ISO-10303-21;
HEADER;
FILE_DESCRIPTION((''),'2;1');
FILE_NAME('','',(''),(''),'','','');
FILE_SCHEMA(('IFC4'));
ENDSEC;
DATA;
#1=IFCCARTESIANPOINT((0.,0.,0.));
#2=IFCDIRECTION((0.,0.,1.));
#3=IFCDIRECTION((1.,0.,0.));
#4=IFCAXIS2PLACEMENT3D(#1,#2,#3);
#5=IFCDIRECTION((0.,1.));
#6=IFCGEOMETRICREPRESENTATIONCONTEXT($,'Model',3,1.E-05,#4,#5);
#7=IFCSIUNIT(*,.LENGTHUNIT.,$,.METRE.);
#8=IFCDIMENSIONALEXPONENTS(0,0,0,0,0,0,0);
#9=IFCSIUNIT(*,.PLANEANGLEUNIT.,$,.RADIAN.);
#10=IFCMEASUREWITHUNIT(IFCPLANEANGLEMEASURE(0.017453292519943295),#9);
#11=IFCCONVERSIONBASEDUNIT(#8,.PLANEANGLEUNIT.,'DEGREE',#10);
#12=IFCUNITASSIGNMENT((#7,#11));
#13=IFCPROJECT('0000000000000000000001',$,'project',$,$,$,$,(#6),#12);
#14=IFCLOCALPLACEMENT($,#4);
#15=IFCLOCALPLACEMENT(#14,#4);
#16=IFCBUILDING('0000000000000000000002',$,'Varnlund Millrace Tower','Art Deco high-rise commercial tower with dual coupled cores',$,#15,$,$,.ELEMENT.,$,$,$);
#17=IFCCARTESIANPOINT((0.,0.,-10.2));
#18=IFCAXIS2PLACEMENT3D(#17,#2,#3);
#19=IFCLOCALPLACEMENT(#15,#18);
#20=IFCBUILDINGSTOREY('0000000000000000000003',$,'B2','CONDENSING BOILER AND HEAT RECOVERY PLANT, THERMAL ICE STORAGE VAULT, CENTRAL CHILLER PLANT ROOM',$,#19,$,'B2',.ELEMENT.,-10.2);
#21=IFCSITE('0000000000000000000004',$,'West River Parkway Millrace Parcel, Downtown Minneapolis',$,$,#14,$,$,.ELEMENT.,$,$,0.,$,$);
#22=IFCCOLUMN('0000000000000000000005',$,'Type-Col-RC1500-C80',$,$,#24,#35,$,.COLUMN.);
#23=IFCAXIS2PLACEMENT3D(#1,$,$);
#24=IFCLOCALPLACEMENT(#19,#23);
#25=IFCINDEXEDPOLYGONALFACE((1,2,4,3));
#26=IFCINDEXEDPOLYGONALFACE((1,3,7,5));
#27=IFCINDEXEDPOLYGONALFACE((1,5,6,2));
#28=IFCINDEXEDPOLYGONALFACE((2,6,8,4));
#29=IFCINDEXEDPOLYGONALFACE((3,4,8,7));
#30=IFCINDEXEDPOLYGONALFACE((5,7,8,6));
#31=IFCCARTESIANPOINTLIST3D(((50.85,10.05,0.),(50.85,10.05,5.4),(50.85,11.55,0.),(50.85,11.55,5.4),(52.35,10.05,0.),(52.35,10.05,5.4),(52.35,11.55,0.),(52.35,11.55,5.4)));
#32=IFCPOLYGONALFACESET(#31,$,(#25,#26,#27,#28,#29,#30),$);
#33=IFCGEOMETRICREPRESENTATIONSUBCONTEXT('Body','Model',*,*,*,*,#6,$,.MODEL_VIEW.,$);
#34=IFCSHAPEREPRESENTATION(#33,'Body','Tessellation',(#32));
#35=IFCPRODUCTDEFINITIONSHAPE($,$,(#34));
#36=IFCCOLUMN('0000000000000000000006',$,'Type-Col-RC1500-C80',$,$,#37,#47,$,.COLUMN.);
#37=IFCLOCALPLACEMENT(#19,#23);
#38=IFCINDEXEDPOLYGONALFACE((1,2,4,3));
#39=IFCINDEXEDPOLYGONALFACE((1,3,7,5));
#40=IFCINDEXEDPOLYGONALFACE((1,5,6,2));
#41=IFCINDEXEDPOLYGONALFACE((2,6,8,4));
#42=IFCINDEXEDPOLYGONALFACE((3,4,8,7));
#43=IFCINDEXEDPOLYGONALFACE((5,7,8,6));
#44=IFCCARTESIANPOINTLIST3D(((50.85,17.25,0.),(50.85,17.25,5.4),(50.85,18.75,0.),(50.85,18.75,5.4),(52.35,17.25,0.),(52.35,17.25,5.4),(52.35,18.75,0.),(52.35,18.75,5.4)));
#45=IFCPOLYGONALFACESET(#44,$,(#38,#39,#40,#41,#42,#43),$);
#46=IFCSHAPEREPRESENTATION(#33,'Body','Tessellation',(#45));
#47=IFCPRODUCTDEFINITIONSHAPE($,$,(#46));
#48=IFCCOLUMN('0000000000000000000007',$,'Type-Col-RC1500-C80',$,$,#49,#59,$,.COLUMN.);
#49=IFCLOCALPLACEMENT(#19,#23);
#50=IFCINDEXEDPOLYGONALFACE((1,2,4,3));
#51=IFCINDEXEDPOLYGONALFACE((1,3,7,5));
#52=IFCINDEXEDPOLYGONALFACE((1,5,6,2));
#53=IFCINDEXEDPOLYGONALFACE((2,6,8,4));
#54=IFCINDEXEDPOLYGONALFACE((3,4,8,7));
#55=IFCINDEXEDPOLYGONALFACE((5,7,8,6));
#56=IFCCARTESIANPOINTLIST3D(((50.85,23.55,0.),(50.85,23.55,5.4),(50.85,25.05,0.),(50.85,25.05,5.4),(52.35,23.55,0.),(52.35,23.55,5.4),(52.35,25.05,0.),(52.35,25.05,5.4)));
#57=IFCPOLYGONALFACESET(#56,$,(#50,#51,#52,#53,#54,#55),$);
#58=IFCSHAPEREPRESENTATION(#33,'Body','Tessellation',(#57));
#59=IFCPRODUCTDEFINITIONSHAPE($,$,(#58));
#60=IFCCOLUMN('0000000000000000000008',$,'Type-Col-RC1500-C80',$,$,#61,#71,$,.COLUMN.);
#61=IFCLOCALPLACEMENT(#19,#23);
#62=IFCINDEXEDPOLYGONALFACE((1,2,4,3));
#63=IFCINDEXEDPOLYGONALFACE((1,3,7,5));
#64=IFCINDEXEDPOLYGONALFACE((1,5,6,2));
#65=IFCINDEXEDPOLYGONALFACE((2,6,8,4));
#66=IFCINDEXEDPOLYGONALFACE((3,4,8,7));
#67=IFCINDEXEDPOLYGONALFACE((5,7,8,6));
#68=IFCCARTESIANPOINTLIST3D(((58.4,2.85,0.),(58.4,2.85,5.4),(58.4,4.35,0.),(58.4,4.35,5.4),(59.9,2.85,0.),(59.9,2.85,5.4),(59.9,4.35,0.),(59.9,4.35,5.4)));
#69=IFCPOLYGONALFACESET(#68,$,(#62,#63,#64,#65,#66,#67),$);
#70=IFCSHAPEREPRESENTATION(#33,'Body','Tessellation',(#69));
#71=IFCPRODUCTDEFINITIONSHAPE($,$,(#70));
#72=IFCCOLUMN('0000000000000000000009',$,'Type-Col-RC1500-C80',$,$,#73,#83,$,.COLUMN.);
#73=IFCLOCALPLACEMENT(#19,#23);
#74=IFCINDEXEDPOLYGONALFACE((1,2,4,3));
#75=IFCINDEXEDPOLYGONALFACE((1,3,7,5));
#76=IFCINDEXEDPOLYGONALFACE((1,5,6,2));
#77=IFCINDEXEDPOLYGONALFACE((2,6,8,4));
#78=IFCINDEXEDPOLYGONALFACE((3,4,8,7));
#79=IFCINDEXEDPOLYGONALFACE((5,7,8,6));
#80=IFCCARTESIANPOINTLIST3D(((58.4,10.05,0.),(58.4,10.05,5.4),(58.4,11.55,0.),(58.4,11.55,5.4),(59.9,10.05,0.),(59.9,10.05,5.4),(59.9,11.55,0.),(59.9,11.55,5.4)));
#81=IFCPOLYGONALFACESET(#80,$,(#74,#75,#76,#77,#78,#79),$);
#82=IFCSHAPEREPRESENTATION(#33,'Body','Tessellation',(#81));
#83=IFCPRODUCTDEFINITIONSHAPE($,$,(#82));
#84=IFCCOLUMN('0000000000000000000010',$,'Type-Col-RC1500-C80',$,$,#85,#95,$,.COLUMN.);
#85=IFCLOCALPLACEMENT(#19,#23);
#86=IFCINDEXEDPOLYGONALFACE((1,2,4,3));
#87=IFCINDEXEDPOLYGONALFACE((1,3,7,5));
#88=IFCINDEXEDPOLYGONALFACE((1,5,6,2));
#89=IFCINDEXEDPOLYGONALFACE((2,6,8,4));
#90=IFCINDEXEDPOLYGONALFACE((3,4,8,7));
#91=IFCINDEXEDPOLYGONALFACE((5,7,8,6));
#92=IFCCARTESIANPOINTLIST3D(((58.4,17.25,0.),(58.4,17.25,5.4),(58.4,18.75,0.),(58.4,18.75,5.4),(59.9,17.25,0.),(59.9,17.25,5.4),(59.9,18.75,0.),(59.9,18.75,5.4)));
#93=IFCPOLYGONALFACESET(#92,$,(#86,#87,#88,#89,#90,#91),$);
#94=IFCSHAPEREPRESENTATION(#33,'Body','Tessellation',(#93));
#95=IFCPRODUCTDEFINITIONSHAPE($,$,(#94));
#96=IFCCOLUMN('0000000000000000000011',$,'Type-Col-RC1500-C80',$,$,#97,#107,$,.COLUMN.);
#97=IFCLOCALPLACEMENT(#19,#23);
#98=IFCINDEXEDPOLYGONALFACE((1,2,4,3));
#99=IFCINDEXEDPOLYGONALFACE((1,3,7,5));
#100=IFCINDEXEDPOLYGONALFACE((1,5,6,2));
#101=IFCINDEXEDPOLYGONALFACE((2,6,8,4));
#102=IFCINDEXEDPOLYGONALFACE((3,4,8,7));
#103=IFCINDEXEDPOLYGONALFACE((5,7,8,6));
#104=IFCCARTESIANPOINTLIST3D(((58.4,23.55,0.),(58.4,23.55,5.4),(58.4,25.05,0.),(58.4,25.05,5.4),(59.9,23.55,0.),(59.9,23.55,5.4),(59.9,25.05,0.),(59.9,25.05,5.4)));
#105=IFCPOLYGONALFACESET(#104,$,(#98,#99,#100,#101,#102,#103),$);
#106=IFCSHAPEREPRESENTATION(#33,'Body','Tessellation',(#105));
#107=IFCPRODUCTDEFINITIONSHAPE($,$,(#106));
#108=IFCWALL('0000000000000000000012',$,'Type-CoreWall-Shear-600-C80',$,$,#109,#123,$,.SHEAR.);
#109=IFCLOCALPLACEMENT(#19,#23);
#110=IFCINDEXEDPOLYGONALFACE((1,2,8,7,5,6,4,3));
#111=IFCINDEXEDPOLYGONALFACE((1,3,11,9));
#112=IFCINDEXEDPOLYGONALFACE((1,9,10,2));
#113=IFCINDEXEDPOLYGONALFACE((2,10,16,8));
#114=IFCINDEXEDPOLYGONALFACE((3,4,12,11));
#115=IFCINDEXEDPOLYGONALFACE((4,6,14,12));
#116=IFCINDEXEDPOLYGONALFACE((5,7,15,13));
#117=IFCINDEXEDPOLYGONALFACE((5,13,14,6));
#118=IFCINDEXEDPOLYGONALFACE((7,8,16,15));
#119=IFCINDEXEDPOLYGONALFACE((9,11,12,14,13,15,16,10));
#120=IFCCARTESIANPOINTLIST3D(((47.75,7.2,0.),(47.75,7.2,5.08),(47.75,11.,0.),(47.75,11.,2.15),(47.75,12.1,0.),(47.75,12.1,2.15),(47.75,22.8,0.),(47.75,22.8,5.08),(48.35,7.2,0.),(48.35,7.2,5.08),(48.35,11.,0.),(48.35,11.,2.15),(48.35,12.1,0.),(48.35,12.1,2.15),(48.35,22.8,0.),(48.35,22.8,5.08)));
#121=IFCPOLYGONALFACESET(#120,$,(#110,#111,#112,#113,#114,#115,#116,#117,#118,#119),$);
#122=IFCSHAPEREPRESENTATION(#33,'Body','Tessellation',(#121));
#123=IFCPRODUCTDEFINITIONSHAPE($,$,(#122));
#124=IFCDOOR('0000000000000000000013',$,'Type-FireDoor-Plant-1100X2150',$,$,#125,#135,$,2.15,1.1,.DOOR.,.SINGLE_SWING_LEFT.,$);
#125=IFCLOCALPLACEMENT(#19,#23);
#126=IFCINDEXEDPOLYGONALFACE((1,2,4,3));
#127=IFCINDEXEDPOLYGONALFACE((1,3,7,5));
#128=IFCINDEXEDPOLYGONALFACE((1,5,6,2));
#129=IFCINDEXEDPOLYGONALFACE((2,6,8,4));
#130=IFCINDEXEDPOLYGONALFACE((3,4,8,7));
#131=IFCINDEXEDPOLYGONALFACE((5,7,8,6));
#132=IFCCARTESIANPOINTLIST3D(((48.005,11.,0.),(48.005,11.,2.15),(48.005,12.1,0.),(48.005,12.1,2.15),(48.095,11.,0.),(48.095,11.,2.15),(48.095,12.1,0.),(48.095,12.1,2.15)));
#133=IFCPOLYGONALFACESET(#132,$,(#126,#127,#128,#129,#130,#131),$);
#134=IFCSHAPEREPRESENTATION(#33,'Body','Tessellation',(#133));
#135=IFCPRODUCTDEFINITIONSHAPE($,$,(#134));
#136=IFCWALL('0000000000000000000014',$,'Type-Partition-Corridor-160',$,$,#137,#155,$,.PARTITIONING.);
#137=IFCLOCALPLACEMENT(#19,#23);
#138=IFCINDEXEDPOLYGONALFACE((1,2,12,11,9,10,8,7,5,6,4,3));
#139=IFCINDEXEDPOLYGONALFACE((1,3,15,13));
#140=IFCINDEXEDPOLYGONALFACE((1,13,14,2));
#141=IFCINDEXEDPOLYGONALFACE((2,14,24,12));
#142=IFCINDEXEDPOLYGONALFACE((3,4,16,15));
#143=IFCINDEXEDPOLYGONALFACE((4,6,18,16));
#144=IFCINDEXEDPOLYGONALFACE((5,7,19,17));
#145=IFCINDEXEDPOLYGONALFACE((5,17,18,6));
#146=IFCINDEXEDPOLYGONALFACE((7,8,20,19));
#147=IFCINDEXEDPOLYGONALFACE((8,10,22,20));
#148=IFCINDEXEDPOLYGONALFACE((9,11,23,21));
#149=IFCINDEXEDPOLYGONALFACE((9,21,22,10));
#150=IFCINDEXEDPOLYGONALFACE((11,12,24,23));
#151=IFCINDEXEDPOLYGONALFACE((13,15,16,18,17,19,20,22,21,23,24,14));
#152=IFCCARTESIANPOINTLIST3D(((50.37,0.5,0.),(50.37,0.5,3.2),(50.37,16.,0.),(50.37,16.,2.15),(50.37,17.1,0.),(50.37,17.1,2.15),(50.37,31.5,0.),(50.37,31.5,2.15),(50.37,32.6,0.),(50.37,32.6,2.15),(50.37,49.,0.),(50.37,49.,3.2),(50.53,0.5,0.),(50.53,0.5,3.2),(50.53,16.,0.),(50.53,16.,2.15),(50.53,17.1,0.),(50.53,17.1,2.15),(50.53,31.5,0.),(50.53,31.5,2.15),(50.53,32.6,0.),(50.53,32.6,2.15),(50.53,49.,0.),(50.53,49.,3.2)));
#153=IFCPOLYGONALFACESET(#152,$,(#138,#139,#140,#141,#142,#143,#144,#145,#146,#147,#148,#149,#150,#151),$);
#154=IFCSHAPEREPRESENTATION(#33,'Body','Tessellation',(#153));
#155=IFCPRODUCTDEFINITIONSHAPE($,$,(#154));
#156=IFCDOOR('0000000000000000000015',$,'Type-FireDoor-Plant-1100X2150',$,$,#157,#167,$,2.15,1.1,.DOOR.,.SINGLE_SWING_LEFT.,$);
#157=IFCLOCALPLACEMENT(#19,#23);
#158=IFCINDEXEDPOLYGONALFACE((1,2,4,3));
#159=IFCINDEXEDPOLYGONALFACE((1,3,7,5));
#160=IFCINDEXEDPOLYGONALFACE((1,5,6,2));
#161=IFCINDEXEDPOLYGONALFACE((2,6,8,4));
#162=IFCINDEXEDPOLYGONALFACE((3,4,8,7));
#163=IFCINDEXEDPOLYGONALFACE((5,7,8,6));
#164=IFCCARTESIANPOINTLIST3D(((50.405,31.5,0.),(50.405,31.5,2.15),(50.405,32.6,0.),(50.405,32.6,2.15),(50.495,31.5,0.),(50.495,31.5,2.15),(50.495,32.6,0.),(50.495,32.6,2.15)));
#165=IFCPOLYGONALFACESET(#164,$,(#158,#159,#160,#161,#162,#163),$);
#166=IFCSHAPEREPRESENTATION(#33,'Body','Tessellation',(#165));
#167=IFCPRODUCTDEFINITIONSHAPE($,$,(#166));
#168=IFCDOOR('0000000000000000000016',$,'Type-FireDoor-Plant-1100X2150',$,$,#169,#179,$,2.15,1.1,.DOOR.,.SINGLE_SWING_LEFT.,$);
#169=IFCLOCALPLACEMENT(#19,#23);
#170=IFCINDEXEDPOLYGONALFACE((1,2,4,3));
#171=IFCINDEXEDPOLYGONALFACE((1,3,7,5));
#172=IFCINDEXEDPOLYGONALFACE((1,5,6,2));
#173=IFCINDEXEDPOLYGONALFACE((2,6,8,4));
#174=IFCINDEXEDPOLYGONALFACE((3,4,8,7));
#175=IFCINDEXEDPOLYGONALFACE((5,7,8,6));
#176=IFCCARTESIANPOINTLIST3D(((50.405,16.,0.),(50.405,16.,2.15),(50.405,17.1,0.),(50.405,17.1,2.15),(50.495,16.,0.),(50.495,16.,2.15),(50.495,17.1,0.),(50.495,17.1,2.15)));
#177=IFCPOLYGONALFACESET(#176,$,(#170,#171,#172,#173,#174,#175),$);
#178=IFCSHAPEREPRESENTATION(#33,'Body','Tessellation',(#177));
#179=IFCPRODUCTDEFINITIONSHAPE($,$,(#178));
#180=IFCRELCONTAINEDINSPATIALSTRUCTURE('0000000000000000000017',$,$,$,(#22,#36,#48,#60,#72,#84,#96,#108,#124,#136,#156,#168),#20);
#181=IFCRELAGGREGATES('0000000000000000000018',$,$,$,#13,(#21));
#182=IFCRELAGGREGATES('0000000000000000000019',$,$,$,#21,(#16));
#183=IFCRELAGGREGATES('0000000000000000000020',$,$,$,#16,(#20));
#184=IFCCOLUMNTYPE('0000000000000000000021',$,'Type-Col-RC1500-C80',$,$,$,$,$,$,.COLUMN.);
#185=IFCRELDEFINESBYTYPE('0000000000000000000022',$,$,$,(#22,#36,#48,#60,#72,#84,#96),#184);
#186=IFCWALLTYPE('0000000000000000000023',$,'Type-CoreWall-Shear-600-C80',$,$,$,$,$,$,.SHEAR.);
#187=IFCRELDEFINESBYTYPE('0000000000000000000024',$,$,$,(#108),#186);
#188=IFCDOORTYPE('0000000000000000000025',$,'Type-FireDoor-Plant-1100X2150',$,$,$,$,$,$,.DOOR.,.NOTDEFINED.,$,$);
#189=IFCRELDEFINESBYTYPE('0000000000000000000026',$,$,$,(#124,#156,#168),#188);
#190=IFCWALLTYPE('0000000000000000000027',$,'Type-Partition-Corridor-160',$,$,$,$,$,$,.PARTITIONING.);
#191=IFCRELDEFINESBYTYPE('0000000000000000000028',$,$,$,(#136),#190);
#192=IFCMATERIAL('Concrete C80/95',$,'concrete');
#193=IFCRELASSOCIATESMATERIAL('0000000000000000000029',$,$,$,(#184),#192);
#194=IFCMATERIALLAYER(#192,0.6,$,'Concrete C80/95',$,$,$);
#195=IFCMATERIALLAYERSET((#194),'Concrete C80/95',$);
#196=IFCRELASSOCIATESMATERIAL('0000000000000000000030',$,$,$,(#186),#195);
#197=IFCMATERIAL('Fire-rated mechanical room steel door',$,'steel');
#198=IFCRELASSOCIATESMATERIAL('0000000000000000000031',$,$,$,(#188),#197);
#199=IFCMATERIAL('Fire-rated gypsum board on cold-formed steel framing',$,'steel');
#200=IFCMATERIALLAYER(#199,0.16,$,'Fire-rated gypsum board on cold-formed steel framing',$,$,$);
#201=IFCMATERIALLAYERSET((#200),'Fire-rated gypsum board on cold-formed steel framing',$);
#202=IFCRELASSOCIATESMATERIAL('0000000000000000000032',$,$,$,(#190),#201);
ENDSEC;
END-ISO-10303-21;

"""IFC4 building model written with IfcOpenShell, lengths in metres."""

from ifc_helpers import new_model, entity, si_unit, converted_unit, direction, frame, origin_with_axes, origin_2d_with_axis, place, context, subcontext, project, spatial, polyline, rectangle, outline, extrude, material, layer, layer_set, material_profile, profile_set, type_object, element, fill, save


model = new_model("IFC4")

# Units and contexts
model_context = context("Model", 3, precision=1e-05, world=origin_with_axes(), true_north=direction((0.0, 1.0)))
body_context = subcontext(model_context, "Body", "Model", "MODEL_VIEW")
ifc_project = project(units=[si_unit("LENGTHUNIT", "METRE"), converted_unit("PLANEANGLEUNIT", "DEGREE", entity("IfcPlaneAngleMeasure", 0.017453292519943295), si_unit("PLANEANGLEUNIT", "RADIAN"), dimensions=[0, 0, 0, 0, 0, 0, 0])], contexts=[model_context])

# Site, building, storey
site_placement = place(None, origin_with_axes())
site = spatial("IfcSite", under=ifc_project, at=site_placement, Name="West River Parkway Millrace Parcel, Downtown Minneapolis", CompositionType="ELEMENT", RefElevation=0.0)
building_placement = place(site_placement, origin_with_axes())
building = spatial("IfcBuilding", under=site, at=building_placement, Name="Varnlund Millrace Tower", Description="Art Deco high-rise commercial tower with dual coupled cores", CompositionType="ELEMENT")
storey_placement = place(building_placement, frame((0.0, 0.0, -10.2), z_axis=(0.0, 0.0, 1.0), x_axis=(1.0, 0.0, 0.0)))
storey = spatial("IfcBuildingStorey", under=building, at=storey_placement, Name="B2", Description="CONDENSING BOILER AND HEAT RECOVERY PLANT, THERMAL ICE STORAGE VAULT, CENTRAL CHILLER PLANT ROOM", LongName="B2", CompositionType="ELEMENT", Elevation=-10.2)

# Columns
ifc_material_1 = material(Name="Concrete C80/95", Category="concrete")
ifc_material_profile_1 = material_profile(ifc_material_1, rectangle(XDim=1.5, YDim=1.5, at=origin_2d_with_axis()), Name="Concrete C80/95")
ifc_profile_set_1 = profile_set([ifc_material_profile_1], Name="Concrete C80/95")
column_type_1 = type_object("IfcColumnType", Name="Type-Col-RC1500-C80", PredefinedType="COLUMN", material=ifc_profile_set_1)
for number, where, z_axis, x_axis, name in (
    (1, (51.6, 10.8, 0.0), (0.0, 0.0, 1.0), (1.0, 0.0, 0.0), "Type-Col-RC1500-C80"),
    (2, (51.6, 18.0, 0.0), (0.0, 0.0, 1.0), (1.0, 0.0, 0.0), "Type-Col-RC1500-C80"),
    (3, (51.6, 24.3, 0.0), (0.0, 0.0, 1.0), (1.0, 0.0, 0.0), "Type-Col-RC1500-C80"),
    (4, (59.15, 3.6, 0.0), (0.0, 0.0, 1.0), (1.0, 0.0, 0.0), "Type-Col-RC1500-C80"),
    (5, (59.15, 10.8, 0.0), (0.0, 0.0, 1.0), (1.0, 0.0, 0.0), "Type-Col-RC1500-C80"),
    (6, (59.15, 18.0, 0.0), (0.0, 0.0, 1.0), (1.0, 0.0, 0.0), "Type-Col-RC1500-C80"),
    (7, (59.15, 24.3, 0.0), (0.0, 0.0, 1.0), (1.0, 0.0, 0.0), "Type-Col-RC1500-C80"),
):
    element("IfcColumn", number, at=place(storey_placement, frame(where, z_axis=z_axis, x_axis=x_axis)), inside=storey, type_object=column_type_1, Name=name, PredefinedType="COLUMN", context=body_context, shape_type="SweptSolid", body=[
        extrude(rectangle(XDim=1.5, YDim=1.5, at=origin_2d_with_axis()), origin_with_axes(), (0.0, 0.0, 1.0), 5.4),
    ])

# Wall, opening, door
ifc_layer_1 = layer(ifc_material_1, 0.6, Name="Concrete C80/95")
ifc_layer_set_1 = layer_set([ifc_layer_1], Name="Concrete C80/95")
wall_type_1 = type_object("IfcWallType", Name="Type-CoreWall-Shear-600-C80", PredefinedType="SHEAR", material=ifc_layer_set_1)
wall_1_placement = place(storey_placement, frame((48.05, 7.2, 0.0), z_axis=(0.0, 0.0, 1.0), x_axis=(0.0, 1.0, 0.0)))
wall_1 = element("IfcWall", 8, at=wall_1_placement, inside=storey, type_object=wall_type_1, Name="Type-CoreWall-Shear-600-C80", PredefinedType="SHEAR", context=body_context, shape_type="SweptSolid", body=[
    extrude(outline(polyline([(0.0, -0.3), (15.6, -0.3), (15.6, 0.3), (0.0, 0.3), (0.0, -0.3)])), origin_with_axes(), (0.0, 0.0, 1.0), 5.08),
])
opening_1_placement = place(wall_1_placement, frame((4.35, 0.0, 0.0), z_axis=(0.0, 0.0, 1.0), x_axis=(1.0, 0.0, 0.0)))
opening_1 = element("IfcOpeningElement", 9, at=opening_1_placement, cuts=wall_1, PredefinedType="OPENING", context=body_context, shape_type="SweptSolid", body=[
    extrude(rectangle(XDim=1.1, YDim=0.62, at=origin_2d_with_axis()), origin_with_axes(), (0.0, 0.0, 1.0), 2.15),
])
ifc_material_2 = material(Name="Fire-rated mechanical room steel door", Category="steel")
door_type = type_object("IfcDoorType", Name="Type-FireDoor-Plant-1100X2150", OperationType="NOTDEFINED", PredefinedType="DOOR", material=ifc_material_2)
door_1_placement = place(wall_1_placement, frame((4.35, 0.0, 0.0), z_axis=(0.0, 0.0, 1.0), x_axis=(1.0, 0.0, 0.0)))
door_1 = element("IfcDoor", 10, at=door_1_placement, inside=storey, type_object=door_type, Name="Type-FireDoor-Plant-1100X2150", OperationType="SINGLE_SWING_LEFT", OverallHeight=2.15, OverallWidth=1.1, PredefinedType="DOOR", context=body_context, shape_type="SweptSolid", body=[
    extrude(rectangle(XDim=1.1, YDim=0.09, at=origin_2d_with_axis()), origin_with_axes(), (0.0, 0.0, 1.0), 2.15),
])
fill(opening_1, door_1)

# Wall, openings, doors
ifc_material_3 = material(Name="Fire-rated gypsum board on cold-formed steel framing", Category="steel")
ifc_layer_2 = layer(ifc_material_3, 0.16, Name="Fire-rated gypsum board on cold-formed steel framing")
ifc_layer_set_2 = layer_set([ifc_layer_2], Name="Fire-rated gypsum board on cold-formed steel framing")
wall_type_2 = type_object("IfcWallType", Name="Type-Partition-Corridor-160", PredefinedType="PARTITIONING", material=ifc_layer_set_2)
wall_2_placement = place(storey_placement, frame((50.45, 0.5, 0.0), z_axis=(0.0, 0.0, 1.0), x_axis=(0.0, 1.0, 0.0)))
wall_2 = element("IfcWall", 11, at=wall_2_placement, inside=storey, type_object=wall_type_2, Name="Type-Partition-Corridor-160", PredefinedType="PARTITIONING", context=body_context, shape_type="SweptSolid", body=[
    extrude(outline(polyline([(0.0, -0.08), (48.5, -0.08), (48.5, 0.08), (0.0, 0.08), (0.0, -0.08)])), origin_with_axes(), (0.0, 0.0, 1.0), 3.2),
])
opening_2_placement = place(wall_2_placement, frame((31.55, 0.0, 0.0), z_axis=(0.0, 0.0, 1.0), x_axis=(1.0, 0.0, 0.0)))
opening_2 = element("IfcOpeningElement", 12, at=opening_2_placement, cuts=wall_2, PredefinedType="OPENING", context=body_context, shape_type="SweptSolid", body=[
    extrude(rectangle(XDim=1.1, YDim=0.18, at=origin_2d_with_axis()), origin_with_axes(), (0.0, 0.0, 1.0), 2.15),
])
opening_3_placement = place(wall_2_placement, frame((16.05, 0.0, 0.0), z_axis=(0.0, 0.0, 1.0), x_axis=(1.0, 0.0, 0.0)))
opening_3 = element("IfcOpeningElement", 13, at=opening_3_placement, cuts=wall_2, PredefinedType="OPENING", context=body_context, shape_type="SweptSolid", body=[
    extrude(rectangle(XDim=1.1, YDim=0.18, at=origin_2d_with_axis()), origin_with_axes(), (0.0, 0.0, 1.0), 2.15),
])
door_2_placement = place(wall_2_placement, frame((31.55, 0.0, 0.0), z_axis=(0.0, 0.0, 1.0), x_axis=(1.0, 0.0, 0.0)))
door_2 = element("IfcDoor", 14, at=door_2_placement, inside=storey, type_object=door_type, Name="Type-FireDoor-Plant-1100X2150", OperationType="SINGLE_SWING_LEFT", OverallHeight=2.15, OverallWidth=1.1, PredefinedType="DOOR", context=body_context, shape_type="SweptSolid", body=[
    extrude(rectangle(XDim=1.1, YDim=0.09, at=origin_2d_with_axis()), origin_with_axes(), (0.0, 0.0, 1.0), 2.15),
])
fill(opening_2, door_2)
door_3_placement = place(wall_2_placement, frame((16.05, 0.0, 0.0), z_axis=(0.0, 0.0, 1.0), x_axis=(1.0, 0.0, 0.0)))
door_3 = element("IfcDoor", 15, at=door_3_placement, inside=storey, type_object=door_type, Name="Type-FireDoor-Plant-1100X2150", OperationType="SINGLE_SWING_LEFT", OverallHeight=2.15, OverallWidth=1.1, PredefinedType="DOOR", context=body_context, shape_type="SweptSolid", body=[
    extrude(rectangle(XDim=1.1, YDim=0.09, at=origin_2d_with_axis()), origin_with_axes(), (0.0, 0.0, 1.0), 2.15),
])
fill(opening_3, door_3)

save(model, "model.ifc")
